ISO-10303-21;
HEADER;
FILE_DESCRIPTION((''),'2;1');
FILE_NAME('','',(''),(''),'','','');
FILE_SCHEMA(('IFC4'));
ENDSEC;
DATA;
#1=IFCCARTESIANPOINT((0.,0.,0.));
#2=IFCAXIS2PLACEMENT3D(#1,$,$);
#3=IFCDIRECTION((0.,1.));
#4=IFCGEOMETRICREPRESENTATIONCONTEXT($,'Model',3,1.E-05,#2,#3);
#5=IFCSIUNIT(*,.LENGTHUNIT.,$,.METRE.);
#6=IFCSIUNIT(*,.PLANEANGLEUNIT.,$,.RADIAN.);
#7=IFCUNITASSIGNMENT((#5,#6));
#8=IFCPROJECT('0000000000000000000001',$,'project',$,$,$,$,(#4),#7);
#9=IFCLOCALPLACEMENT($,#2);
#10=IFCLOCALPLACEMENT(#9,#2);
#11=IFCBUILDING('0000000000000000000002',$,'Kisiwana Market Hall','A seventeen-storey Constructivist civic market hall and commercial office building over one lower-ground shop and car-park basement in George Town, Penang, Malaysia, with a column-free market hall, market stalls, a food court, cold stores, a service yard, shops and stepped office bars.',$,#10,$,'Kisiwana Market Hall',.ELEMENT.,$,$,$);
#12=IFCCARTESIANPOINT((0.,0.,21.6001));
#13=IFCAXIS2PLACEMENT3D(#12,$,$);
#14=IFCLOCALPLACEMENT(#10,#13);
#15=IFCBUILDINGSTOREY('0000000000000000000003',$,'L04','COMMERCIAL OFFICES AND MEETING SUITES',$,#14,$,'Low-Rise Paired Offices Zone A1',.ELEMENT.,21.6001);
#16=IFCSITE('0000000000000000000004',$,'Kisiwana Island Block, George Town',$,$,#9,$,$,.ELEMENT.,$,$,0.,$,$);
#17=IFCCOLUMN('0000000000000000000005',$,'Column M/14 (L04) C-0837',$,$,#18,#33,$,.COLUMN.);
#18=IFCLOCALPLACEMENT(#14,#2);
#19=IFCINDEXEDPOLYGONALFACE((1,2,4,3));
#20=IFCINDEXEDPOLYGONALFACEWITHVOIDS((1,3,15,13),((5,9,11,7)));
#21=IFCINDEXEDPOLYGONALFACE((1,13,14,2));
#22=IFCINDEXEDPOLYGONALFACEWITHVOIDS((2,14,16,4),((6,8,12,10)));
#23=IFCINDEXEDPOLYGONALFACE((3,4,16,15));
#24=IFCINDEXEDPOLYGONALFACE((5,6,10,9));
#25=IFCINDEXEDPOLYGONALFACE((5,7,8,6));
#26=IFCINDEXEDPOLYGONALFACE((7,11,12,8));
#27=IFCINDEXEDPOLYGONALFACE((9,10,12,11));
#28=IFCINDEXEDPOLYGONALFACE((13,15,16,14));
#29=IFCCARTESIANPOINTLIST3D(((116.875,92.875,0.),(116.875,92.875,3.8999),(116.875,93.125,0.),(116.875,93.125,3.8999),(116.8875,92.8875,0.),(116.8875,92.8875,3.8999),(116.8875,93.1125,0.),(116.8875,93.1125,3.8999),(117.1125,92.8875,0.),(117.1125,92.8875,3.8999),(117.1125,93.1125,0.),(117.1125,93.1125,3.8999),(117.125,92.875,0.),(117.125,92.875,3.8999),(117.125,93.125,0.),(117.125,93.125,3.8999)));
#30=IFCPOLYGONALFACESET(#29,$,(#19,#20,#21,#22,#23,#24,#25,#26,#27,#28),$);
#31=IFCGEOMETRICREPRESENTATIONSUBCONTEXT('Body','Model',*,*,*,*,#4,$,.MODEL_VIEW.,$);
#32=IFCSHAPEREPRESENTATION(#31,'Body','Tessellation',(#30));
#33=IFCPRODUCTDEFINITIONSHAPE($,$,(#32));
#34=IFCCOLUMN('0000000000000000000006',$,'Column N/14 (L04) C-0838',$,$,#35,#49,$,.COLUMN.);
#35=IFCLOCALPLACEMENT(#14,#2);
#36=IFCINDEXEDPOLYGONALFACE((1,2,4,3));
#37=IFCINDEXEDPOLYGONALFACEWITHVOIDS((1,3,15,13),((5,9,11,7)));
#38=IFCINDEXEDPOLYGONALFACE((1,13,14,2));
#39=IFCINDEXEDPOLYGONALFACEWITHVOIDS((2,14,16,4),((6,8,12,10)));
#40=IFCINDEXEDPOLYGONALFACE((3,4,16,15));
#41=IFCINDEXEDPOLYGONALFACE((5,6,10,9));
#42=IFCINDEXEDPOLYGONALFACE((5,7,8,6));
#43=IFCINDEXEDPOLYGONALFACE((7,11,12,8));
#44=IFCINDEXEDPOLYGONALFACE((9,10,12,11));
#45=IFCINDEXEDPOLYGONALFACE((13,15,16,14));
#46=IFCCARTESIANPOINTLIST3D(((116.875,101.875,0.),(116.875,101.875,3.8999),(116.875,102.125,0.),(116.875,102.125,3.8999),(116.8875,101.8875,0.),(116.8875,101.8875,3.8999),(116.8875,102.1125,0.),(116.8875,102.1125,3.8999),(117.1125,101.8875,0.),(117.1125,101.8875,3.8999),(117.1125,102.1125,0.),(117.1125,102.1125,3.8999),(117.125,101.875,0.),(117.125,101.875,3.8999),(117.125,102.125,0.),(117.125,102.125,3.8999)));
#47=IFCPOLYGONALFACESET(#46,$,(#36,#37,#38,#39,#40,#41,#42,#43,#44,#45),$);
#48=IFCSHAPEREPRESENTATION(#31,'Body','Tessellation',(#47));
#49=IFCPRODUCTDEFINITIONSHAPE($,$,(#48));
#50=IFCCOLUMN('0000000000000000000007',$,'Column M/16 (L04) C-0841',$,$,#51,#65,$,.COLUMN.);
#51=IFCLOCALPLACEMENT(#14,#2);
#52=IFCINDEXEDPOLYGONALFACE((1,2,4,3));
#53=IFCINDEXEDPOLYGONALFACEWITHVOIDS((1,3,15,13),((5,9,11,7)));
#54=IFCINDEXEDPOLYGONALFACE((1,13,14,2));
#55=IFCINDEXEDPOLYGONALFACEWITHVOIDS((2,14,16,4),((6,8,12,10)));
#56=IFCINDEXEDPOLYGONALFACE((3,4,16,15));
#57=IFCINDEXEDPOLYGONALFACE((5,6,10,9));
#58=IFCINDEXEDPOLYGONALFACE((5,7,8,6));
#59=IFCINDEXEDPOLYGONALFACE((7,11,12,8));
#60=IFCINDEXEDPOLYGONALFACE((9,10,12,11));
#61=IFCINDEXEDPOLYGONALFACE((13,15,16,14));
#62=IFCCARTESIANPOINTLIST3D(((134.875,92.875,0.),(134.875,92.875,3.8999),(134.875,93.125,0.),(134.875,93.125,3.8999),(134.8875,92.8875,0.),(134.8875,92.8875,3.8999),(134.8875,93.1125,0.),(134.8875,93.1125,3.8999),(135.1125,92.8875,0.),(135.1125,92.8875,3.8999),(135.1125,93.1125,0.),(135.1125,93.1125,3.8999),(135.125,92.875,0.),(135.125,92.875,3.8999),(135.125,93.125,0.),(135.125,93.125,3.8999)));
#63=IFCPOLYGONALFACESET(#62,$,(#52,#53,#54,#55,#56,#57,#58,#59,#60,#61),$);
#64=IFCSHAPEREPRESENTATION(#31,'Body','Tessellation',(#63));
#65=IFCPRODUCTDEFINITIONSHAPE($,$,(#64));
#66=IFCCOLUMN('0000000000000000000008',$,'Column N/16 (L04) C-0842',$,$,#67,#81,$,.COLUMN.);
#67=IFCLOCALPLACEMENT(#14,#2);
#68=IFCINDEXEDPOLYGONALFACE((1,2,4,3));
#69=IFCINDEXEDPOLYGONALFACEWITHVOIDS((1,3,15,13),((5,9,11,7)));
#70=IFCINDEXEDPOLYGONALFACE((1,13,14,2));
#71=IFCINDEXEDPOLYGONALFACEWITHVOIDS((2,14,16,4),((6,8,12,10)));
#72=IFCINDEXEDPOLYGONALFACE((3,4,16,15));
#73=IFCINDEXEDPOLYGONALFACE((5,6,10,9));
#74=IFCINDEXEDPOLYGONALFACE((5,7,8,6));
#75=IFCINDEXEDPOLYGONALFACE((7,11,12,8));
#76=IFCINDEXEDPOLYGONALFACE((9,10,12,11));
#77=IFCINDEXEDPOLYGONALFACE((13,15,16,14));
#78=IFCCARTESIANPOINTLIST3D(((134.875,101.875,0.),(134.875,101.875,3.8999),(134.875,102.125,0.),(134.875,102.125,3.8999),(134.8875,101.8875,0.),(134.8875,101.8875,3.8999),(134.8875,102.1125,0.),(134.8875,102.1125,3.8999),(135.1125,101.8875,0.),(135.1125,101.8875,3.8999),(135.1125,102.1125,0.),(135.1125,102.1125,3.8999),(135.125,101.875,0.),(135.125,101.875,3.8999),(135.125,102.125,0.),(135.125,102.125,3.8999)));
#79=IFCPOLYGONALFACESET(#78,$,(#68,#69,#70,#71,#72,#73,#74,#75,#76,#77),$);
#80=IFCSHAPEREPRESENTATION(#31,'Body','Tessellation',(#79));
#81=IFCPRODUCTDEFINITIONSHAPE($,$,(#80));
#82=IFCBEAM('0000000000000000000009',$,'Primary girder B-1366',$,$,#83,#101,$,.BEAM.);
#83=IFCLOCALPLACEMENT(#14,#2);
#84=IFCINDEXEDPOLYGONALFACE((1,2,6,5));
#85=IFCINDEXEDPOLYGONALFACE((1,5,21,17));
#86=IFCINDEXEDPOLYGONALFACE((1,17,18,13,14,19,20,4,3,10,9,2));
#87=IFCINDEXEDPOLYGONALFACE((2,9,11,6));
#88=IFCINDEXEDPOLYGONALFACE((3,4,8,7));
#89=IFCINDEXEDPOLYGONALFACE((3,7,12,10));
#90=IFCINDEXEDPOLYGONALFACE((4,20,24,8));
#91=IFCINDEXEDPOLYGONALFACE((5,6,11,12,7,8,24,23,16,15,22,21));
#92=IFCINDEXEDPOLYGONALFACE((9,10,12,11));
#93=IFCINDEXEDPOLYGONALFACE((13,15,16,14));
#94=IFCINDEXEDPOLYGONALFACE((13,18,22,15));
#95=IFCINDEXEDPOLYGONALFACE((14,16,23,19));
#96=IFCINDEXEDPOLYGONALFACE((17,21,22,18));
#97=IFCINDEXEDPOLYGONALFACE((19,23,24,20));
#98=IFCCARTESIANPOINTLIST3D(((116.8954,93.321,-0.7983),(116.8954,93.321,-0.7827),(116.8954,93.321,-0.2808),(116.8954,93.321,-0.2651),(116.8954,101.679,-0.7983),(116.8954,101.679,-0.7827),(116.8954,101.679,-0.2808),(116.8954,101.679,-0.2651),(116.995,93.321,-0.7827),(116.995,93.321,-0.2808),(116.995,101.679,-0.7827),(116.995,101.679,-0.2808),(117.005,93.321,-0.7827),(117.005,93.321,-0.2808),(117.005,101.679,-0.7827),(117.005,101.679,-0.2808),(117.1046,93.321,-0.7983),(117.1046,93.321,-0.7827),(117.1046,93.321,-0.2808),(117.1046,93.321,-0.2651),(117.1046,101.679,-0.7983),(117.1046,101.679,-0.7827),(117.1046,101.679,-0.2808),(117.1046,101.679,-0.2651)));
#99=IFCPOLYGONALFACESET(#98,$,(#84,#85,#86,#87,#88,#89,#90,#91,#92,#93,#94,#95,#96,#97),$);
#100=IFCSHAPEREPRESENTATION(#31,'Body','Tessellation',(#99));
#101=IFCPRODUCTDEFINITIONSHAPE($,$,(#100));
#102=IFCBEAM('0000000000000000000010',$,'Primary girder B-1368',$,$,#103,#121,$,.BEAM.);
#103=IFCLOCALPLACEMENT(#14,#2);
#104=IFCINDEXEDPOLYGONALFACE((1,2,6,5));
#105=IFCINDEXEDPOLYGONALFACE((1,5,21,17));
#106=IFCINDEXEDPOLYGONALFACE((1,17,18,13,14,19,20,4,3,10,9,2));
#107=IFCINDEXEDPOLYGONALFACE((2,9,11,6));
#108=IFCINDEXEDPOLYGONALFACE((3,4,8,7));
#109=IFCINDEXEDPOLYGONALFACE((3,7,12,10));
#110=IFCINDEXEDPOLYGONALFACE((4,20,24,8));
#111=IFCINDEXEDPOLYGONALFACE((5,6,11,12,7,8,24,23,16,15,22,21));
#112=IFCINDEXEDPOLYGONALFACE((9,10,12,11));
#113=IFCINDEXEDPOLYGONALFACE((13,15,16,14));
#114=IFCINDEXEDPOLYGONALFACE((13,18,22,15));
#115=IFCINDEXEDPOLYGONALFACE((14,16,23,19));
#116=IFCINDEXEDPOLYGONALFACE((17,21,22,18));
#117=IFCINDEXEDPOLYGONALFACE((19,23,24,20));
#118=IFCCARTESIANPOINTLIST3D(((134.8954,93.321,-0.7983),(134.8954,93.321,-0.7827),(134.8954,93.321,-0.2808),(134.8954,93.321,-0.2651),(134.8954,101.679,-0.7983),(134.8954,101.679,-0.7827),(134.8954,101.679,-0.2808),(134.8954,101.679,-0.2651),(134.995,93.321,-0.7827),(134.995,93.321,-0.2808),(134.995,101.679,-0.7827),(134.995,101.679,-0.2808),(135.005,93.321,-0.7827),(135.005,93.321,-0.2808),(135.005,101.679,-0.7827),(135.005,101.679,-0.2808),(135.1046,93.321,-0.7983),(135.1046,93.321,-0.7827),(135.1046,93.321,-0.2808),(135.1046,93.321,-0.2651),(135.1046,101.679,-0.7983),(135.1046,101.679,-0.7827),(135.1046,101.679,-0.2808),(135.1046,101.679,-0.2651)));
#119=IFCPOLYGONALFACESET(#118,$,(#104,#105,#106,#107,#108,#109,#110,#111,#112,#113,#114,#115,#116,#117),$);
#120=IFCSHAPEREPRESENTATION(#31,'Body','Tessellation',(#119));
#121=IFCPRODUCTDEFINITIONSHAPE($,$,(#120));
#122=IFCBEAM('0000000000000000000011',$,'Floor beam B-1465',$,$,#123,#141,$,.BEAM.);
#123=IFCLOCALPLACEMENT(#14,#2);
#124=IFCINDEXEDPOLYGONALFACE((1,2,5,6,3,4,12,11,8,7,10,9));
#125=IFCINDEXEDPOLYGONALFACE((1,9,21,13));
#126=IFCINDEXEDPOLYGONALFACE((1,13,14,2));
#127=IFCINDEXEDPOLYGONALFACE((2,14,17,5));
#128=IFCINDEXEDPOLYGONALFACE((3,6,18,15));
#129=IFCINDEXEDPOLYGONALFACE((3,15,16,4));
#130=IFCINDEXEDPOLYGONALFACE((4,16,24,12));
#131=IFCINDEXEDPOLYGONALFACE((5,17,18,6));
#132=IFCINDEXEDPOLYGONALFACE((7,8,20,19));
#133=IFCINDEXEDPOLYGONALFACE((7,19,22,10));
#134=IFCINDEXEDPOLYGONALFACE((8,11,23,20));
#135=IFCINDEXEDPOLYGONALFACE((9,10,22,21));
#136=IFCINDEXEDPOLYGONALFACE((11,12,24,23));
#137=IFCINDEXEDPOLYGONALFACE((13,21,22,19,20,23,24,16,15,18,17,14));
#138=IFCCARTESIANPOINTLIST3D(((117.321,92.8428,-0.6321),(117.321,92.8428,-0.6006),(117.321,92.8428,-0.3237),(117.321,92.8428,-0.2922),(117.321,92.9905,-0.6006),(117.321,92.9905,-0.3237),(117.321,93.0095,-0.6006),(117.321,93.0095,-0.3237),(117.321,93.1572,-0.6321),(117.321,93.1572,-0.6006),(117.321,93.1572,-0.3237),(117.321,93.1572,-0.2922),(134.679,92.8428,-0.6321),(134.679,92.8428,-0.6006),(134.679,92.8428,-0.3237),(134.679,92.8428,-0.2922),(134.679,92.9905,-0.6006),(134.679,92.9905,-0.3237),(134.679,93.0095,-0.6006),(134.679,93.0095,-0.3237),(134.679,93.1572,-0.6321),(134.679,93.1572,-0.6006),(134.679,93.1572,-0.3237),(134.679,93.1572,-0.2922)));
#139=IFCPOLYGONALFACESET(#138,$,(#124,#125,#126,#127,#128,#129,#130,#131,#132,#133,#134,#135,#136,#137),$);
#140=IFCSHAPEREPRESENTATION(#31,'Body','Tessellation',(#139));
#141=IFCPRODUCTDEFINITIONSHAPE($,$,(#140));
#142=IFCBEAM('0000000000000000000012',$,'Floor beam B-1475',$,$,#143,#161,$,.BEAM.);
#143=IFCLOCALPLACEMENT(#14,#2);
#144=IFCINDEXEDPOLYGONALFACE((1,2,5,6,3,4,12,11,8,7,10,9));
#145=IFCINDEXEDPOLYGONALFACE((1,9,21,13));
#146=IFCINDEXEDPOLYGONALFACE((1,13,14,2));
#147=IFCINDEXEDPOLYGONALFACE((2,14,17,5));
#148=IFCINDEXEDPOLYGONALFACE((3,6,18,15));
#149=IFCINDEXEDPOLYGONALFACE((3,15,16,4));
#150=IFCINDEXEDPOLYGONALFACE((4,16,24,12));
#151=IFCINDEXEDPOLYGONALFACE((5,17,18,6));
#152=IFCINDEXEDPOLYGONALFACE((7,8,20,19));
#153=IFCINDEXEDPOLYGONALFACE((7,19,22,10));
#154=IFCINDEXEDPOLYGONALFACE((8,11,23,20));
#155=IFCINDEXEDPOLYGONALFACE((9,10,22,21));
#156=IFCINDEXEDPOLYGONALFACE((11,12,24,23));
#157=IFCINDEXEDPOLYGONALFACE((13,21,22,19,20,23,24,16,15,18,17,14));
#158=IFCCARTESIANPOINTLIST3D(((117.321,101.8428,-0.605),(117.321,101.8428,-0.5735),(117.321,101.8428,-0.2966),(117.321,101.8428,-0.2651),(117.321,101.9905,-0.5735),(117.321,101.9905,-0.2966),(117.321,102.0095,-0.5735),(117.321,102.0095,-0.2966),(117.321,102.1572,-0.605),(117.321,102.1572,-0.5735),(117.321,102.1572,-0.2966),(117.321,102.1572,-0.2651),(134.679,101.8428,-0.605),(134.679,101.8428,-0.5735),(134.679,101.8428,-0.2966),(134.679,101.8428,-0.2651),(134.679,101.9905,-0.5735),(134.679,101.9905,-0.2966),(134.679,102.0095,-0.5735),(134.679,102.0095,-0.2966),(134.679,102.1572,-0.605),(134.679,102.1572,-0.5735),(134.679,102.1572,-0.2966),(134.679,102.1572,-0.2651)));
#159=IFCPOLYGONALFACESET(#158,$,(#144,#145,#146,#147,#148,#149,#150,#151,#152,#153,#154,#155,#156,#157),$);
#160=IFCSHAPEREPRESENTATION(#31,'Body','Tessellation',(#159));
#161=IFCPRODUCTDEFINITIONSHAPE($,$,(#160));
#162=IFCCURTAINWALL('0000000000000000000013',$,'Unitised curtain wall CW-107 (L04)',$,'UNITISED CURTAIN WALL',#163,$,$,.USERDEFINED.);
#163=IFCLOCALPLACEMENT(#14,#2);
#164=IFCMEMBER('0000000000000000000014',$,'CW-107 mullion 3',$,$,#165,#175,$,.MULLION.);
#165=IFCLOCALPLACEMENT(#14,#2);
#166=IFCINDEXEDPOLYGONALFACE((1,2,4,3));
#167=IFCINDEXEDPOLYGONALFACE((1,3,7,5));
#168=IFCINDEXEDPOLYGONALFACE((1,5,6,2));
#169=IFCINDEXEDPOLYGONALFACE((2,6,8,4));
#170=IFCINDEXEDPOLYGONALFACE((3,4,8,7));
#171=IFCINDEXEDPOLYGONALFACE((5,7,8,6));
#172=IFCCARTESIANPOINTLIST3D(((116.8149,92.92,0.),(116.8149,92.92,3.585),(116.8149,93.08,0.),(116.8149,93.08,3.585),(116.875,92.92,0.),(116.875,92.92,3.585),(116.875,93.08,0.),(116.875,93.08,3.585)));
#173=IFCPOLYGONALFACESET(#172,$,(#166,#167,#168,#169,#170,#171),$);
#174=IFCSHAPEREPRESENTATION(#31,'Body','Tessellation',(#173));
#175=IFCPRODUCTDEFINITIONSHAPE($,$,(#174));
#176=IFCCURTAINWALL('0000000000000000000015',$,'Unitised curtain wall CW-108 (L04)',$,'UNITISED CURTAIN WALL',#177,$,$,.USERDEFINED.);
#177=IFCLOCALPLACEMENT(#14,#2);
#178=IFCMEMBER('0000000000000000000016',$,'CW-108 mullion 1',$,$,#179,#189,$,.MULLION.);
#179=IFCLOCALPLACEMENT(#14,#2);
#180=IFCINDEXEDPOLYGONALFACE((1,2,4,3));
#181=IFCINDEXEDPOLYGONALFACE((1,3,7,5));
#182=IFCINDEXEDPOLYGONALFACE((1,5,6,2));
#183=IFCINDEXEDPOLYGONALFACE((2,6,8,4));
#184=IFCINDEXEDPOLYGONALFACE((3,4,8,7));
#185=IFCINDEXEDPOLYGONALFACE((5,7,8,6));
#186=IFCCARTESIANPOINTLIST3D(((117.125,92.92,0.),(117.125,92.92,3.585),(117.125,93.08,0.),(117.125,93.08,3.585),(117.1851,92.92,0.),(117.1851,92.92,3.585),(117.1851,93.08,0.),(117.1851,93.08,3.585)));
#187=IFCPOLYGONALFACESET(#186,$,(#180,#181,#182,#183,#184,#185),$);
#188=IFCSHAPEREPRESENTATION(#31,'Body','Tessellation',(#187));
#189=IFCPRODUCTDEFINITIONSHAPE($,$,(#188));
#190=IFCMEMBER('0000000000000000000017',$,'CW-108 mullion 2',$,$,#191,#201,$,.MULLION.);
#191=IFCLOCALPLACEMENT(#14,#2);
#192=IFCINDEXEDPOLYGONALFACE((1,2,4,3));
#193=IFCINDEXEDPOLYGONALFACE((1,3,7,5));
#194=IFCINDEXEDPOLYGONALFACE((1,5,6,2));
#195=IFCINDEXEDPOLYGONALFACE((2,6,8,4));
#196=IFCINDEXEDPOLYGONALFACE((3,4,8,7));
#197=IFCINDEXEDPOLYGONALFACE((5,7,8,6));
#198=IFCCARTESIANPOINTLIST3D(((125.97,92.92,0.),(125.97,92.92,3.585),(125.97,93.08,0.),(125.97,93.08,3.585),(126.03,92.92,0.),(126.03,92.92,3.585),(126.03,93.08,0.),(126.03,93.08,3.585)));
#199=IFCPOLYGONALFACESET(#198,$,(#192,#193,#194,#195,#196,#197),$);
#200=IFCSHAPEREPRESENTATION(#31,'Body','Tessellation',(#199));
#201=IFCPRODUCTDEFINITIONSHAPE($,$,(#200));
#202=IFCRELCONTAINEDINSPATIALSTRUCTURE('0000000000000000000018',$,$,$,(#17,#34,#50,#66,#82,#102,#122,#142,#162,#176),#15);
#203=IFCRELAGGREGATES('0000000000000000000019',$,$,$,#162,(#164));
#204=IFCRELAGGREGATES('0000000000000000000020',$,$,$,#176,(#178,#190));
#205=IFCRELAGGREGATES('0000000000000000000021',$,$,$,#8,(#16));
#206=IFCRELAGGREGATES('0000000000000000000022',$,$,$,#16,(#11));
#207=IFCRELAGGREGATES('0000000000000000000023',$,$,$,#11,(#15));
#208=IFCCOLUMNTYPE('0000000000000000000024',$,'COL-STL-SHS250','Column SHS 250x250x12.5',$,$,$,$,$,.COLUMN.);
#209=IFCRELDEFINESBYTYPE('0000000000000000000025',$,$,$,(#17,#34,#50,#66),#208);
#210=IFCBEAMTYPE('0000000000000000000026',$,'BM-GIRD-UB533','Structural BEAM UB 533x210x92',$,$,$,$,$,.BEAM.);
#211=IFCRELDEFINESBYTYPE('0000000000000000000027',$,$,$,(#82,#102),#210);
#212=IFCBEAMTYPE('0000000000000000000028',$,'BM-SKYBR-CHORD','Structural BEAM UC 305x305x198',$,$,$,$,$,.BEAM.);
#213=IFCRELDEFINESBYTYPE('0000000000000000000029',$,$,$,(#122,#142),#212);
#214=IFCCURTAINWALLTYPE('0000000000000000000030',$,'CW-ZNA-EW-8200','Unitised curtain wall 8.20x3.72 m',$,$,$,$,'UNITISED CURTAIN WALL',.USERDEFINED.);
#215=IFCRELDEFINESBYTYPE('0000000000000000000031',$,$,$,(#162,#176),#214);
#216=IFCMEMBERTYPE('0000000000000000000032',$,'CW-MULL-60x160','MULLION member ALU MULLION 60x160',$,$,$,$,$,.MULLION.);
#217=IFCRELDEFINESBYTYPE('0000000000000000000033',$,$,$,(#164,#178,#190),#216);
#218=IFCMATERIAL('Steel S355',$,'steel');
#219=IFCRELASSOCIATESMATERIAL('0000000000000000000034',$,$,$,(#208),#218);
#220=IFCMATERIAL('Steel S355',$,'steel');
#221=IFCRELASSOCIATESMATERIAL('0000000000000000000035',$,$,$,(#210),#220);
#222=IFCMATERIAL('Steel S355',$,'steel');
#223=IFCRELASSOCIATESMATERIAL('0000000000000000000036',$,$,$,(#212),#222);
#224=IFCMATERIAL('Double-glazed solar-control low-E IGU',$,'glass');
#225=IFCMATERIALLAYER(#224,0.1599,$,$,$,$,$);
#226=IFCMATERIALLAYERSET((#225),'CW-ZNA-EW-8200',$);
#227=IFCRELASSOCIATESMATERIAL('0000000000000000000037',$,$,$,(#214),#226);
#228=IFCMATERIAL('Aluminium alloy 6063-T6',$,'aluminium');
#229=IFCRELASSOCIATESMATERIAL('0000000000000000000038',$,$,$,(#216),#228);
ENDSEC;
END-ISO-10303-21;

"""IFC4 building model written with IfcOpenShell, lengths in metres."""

from ifc_helpers import new_model, si_unit, direction, frame, origin, origin_2d, place, context, subcontext, project, spatial, rectangle, hollow_rectangle, i_section, extrude, material, layer, layer_set, material_profile, profile_set, type_object, element, aggregate, save


model = new_model("IFC4")

# Units and contexts
model_context = context("Model", 3, precision=1e-05, world=origin(), true_north=direction((0.0, 1.0)))
body_context = subcontext(model_context, "Body", "Model", "MODEL_VIEW")
ifc_project = project(units=[si_unit("LENGTHUNIT", "METRE"), si_unit("PLANEANGLEUNIT", "RADIAN")], contexts=[model_context])

# Site, building, storey
site_placement = place(None, origin())
site = spatial("IfcSite", under=ifc_project, at=site_placement, Name="Kisiwana Island Block, George Town", CompositionType="ELEMENT", RefElevation=0.0)
building_placement = place(site_placement, origin())
building = spatial("IfcBuilding", under=site, at=building_placement, Name="Kisiwana Market Hall", Description="A seventeen-storey Constructivist civic market hall and commercial office building over one lower-ground shop and car-park basement in George Town, Penang, Malaysia, with a column-free market hall, market stalls, a food court, cold stores, a service yard, shops and stepped office bars.", LongName="Kisiwana Market Hall", CompositionType="ELEMENT")
storey_placement = place(building_placement, frame((0.0, 0.0, 21.6001)))
storey = spatial("IfcBuildingStorey", under=building, at=storey_placement, Name="L04", Description="COMMERCIAL OFFICES AND MEETING SUITES", LongName="Low-Rise Paired Offices Zone A1", CompositionType="ELEMENT", Elevation=21.6001)

# Columns
ifc_material_1 = material(Name="Steel S355", Category="steel")
ifc_material_profile_1 = material_profile(ifc_material_1, hollow_rectangle(XDim=0.25, YDim=0.25, WallThickness=0.0125, at=origin_2d()), Name="SHS 250x250x12.5")
ifc_profile_set_1 = profile_set([ifc_material_profile_1], Name="Steel S355")
column_type = type_object("IfcColumnType", Name="COL-STL-SHS250", Description="Column SHS 250x250x12.5", PredefinedType="COLUMN", material=ifc_profile_set_1)
for number, where, z_axis, x_axis, name in (
    (1, (117.0, 93.0, 0.0), (0.0, 0.0, 1.0), (1.0, 0.0, 0.0), "Column M/14 (L04) C-0837"),
    (2, (117.0, 102.0, 0.0), (0.0, 0.0, 1.0), (1.0, 0.0, 0.0), "Column N/14 (L04) C-0838"),
    (3, (135.0, 93.0, 0.0), (0.0, 0.0, 1.0), (1.0, 0.0, 0.0), "Column M/16 (L04) C-0841"),
    (4, (135.0, 102.0, 0.0), (0.0, 0.0, 1.0), (1.0, 0.0, 0.0), "Column N/16 (L04) C-0842"),
):
    element("IfcColumn", number, at=place(storey_placement, frame(where, z_axis=z_axis, x_axis=x_axis)), inside=storey, type_object=column_type, Name=name, PredefinedType="COLUMN", context=body_context, shape_type="SweptSolid", body=[
        extrude(hollow_rectangle(XDim=0.25, YDim=0.25, WallThickness=0.0125, at=origin_2d()), origin(), (0.0, 0.0, 1.0), 3.8999),
    ])

# Beams
ifc_material_2 = material(Name="Steel S355", Category="steel")
ifc_material_profile_2 = material_profile(ifc_material_2, i_section(OverallWidth=0.2092, OverallDepth=0.5332, WebThickness=0.01, FlangeThickness=0.0156, at=origin_2d()), Name="UB 533x210x92")
ifc_profile_set_2 = profile_set([ifc_material_profile_2], Name="Steel S355")
beam_type_1 = type_object("IfcBeamType", Name="BM-GIRD-UB533", Description="Structural BEAM UB 533x210x92", PredefinedType="BEAM", material=ifc_profile_set_2)
for number, where, z_axis, x_axis, name in (
    (5, (117.0, 93.321, -0.5317), (0.0, 1.0, 0.0), (-1.0, 0.0, 0.0), "Primary girder B-1366"),
    (6, (135.0, 93.321, -0.5317), (0.0, 1.0, 0.0), (-1.0, 0.0, 0.0), "Primary girder B-1368"),
):
    element("IfcBeam", number, at=place(storey_placement, frame(where, z_axis=z_axis, x_axis=x_axis)), inside=storey, type_object=beam_type_1, Name=name, PredefinedType="BEAM", context=body_context, shape_type="SweptSolid", body=[
        extrude(i_section(OverallWidth=0.2092, OverallDepth=0.5332, WebThickness=0.01, FlangeThickness=0.0156, at=origin_2d()), origin(), (0.0, 0.0, 1.0), 8.3579),
    ])
ifc_material_3 = material(Name="Steel S355", Category="steel")
ifc_material_profile_3 = material_profile(ifc_material_3, i_section(OverallWidth=0.3145, OverallDepth=0.3398, WebThickness=0.019, FlangeThickness=0.0315, at=origin_2d()), Name="UC 305x305x198")
ifc_profile_set_3 = profile_set([ifc_material_profile_3], Name="Steel S355")
beam_type_2 = type_object("IfcBeamType", Name="BM-SKYBR-CHORD", Description="Structural BEAM UC 305x305x198", PredefinedType="BEAM", material=ifc_profile_set_3)
for number, where, z_axis, x_axis, name in (
    (7, (117.321, 93.0, -0.4622), (1.0, 0.0, 0.0), (0.0, 1.0, 0.0), "Floor beam B-1465"),
    (8, (117.321, 102.0, -0.4351), (1.0, 0.0, 0.0), (0.0, 1.0, 0.0), "Floor beam B-1475"),
):
    element("IfcBeam", number, at=place(storey_placement, frame(where, z_axis=z_axis, x_axis=x_axis)), inside=storey, type_object=beam_type_2, Name=name, PredefinedType="BEAM", context=body_context, shape_type="SweptSolid", body=[
        extrude(i_section(OverallWidth=0.3145, OverallDepth=0.3398, WebThickness=0.019, FlangeThickness=0.0315, at=origin_2d()), origin(), (0.0, 0.0, 1.0), 17.3579),
    ])

# Curtain wall, member
ifc_material_4 = material(Name="Double-glazed solar-control low-E IGU", Category="glass")
ifc_layer_1 = layer(ifc_material_4, 0.1599)
ifc_layer_set_1 = layer_set([ifc_layer_1], Name="CW-ZNA-EW-8200")
curtain_wall_type = type_object("IfcCurtainWallType", Name="CW-ZNA-EW-8200", Description="Unitised curtain wall 8.20x3.72 m", ElementType="UNITISED CURTAIN WALL", PredefinedType="USERDEFINED", material=ifc_layer_set_1)
curtain_wall_1_placement = place(storey_placement, origin())
curtain_wall_1 = element("IfcCurtainWall", 9, at=curtain_wall_1_placement, inside=storey, type_object=curtain_wall_type, Name="Unitised curtain wall CW-107 (L04)", ObjectType="UNITISED CURTAIN WALL", PredefinedType="USERDEFINED")
ifc_material_5 = material(Name="Aluminium alloy 6063-T6", Category="aluminium")
ifc_material_profile_4 = material_profile(ifc_material_5, rectangle(XDim=0.0601, YDim=0.1599, at=origin_2d()), Name="ALU MULLION 60x160")
ifc_profile_set_4 = profile_set([ifc_material_profile_4], Name="Aluminium alloy 6063-T6")
member_type_1 = type_object("IfcMemberType", Name="CW-MULL-60x160", Description="MULLION member ALU MULLION 60x160", PredefinedType="MULLION", material=ifc_profile_set_4)
member_1_placement = place(storey_placement, frame((116.845, 93.0, 0.0), z_axis=(0.0, 0.0, 1.0), x_axis=(1.0, 0.0, 0.0)))
member_1 = element("IfcMember", 10, at=member_1_placement, type_object=member_type_1, Name="CW-107 mullion 3", PredefinedType="MULLION", context=body_context, shape_type="SweptSolid", body=[
    extrude(rectangle(XDim=0.0601, YDim=0.1599, at=origin_2d()), origin(), (0.0, 0.0, 1.0), 3.585),
])

# Curtain wall, members
curtain_wall_2_placement = place(storey_placement, origin())
curtain_wall_2 = element("IfcCurtainWall", 11, at=curtain_wall_2_placement, inside=storey, type_object=curtain_wall_type, Name="Unitised curtain wall CW-108 (L04)", ObjectType="UNITISED CURTAIN WALL", PredefinedType="USERDEFINED")
member_2_placement = place(storey_placement, frame((117.155, 93.0, 0.0), z_axis=(0.0, 0.0, 1.0), x_axis=(1.0, 0.0, 0.0)))
member_2 = element("IfcMember", 12, at=member_2_placement, type_object=member_type_1, Name="CW-108 mullion 1", PredefinedType="MULLION", context=body_context, shape_type="SweptSolid", body=[
    extrude(rectangle(XDim=0.0601, YDim=0.1599, at=origin_2d()), origin(), (0.0, 0.0, 1.0), 3.585),
])
member_3_placement = place(storey_placement, frame((126.0, 93.0, 0.0), z_axis=(0.0, 0.0, 1.0), x_axis=(1.0, 0.0, 0.0)))
member_3 = element("IfcMember", 13, at=member_3_placement, type_object=member_type_1, Name="CW-108 mullion 2", PredefinedType="MULLION", context=body_context, shape_type="SweptSolid", body=[
    extrude(rectangle(XDim=0.0601, YDim=0.1599, at=origin_2d()), origin(), (0.0, 0.0, 1.0), 3.585),
])

aggregate(curtain_wall_1, [member_1])
aggregate(curtain_wall_2, [member_2, member_3])

save(model, "model.ifc")
